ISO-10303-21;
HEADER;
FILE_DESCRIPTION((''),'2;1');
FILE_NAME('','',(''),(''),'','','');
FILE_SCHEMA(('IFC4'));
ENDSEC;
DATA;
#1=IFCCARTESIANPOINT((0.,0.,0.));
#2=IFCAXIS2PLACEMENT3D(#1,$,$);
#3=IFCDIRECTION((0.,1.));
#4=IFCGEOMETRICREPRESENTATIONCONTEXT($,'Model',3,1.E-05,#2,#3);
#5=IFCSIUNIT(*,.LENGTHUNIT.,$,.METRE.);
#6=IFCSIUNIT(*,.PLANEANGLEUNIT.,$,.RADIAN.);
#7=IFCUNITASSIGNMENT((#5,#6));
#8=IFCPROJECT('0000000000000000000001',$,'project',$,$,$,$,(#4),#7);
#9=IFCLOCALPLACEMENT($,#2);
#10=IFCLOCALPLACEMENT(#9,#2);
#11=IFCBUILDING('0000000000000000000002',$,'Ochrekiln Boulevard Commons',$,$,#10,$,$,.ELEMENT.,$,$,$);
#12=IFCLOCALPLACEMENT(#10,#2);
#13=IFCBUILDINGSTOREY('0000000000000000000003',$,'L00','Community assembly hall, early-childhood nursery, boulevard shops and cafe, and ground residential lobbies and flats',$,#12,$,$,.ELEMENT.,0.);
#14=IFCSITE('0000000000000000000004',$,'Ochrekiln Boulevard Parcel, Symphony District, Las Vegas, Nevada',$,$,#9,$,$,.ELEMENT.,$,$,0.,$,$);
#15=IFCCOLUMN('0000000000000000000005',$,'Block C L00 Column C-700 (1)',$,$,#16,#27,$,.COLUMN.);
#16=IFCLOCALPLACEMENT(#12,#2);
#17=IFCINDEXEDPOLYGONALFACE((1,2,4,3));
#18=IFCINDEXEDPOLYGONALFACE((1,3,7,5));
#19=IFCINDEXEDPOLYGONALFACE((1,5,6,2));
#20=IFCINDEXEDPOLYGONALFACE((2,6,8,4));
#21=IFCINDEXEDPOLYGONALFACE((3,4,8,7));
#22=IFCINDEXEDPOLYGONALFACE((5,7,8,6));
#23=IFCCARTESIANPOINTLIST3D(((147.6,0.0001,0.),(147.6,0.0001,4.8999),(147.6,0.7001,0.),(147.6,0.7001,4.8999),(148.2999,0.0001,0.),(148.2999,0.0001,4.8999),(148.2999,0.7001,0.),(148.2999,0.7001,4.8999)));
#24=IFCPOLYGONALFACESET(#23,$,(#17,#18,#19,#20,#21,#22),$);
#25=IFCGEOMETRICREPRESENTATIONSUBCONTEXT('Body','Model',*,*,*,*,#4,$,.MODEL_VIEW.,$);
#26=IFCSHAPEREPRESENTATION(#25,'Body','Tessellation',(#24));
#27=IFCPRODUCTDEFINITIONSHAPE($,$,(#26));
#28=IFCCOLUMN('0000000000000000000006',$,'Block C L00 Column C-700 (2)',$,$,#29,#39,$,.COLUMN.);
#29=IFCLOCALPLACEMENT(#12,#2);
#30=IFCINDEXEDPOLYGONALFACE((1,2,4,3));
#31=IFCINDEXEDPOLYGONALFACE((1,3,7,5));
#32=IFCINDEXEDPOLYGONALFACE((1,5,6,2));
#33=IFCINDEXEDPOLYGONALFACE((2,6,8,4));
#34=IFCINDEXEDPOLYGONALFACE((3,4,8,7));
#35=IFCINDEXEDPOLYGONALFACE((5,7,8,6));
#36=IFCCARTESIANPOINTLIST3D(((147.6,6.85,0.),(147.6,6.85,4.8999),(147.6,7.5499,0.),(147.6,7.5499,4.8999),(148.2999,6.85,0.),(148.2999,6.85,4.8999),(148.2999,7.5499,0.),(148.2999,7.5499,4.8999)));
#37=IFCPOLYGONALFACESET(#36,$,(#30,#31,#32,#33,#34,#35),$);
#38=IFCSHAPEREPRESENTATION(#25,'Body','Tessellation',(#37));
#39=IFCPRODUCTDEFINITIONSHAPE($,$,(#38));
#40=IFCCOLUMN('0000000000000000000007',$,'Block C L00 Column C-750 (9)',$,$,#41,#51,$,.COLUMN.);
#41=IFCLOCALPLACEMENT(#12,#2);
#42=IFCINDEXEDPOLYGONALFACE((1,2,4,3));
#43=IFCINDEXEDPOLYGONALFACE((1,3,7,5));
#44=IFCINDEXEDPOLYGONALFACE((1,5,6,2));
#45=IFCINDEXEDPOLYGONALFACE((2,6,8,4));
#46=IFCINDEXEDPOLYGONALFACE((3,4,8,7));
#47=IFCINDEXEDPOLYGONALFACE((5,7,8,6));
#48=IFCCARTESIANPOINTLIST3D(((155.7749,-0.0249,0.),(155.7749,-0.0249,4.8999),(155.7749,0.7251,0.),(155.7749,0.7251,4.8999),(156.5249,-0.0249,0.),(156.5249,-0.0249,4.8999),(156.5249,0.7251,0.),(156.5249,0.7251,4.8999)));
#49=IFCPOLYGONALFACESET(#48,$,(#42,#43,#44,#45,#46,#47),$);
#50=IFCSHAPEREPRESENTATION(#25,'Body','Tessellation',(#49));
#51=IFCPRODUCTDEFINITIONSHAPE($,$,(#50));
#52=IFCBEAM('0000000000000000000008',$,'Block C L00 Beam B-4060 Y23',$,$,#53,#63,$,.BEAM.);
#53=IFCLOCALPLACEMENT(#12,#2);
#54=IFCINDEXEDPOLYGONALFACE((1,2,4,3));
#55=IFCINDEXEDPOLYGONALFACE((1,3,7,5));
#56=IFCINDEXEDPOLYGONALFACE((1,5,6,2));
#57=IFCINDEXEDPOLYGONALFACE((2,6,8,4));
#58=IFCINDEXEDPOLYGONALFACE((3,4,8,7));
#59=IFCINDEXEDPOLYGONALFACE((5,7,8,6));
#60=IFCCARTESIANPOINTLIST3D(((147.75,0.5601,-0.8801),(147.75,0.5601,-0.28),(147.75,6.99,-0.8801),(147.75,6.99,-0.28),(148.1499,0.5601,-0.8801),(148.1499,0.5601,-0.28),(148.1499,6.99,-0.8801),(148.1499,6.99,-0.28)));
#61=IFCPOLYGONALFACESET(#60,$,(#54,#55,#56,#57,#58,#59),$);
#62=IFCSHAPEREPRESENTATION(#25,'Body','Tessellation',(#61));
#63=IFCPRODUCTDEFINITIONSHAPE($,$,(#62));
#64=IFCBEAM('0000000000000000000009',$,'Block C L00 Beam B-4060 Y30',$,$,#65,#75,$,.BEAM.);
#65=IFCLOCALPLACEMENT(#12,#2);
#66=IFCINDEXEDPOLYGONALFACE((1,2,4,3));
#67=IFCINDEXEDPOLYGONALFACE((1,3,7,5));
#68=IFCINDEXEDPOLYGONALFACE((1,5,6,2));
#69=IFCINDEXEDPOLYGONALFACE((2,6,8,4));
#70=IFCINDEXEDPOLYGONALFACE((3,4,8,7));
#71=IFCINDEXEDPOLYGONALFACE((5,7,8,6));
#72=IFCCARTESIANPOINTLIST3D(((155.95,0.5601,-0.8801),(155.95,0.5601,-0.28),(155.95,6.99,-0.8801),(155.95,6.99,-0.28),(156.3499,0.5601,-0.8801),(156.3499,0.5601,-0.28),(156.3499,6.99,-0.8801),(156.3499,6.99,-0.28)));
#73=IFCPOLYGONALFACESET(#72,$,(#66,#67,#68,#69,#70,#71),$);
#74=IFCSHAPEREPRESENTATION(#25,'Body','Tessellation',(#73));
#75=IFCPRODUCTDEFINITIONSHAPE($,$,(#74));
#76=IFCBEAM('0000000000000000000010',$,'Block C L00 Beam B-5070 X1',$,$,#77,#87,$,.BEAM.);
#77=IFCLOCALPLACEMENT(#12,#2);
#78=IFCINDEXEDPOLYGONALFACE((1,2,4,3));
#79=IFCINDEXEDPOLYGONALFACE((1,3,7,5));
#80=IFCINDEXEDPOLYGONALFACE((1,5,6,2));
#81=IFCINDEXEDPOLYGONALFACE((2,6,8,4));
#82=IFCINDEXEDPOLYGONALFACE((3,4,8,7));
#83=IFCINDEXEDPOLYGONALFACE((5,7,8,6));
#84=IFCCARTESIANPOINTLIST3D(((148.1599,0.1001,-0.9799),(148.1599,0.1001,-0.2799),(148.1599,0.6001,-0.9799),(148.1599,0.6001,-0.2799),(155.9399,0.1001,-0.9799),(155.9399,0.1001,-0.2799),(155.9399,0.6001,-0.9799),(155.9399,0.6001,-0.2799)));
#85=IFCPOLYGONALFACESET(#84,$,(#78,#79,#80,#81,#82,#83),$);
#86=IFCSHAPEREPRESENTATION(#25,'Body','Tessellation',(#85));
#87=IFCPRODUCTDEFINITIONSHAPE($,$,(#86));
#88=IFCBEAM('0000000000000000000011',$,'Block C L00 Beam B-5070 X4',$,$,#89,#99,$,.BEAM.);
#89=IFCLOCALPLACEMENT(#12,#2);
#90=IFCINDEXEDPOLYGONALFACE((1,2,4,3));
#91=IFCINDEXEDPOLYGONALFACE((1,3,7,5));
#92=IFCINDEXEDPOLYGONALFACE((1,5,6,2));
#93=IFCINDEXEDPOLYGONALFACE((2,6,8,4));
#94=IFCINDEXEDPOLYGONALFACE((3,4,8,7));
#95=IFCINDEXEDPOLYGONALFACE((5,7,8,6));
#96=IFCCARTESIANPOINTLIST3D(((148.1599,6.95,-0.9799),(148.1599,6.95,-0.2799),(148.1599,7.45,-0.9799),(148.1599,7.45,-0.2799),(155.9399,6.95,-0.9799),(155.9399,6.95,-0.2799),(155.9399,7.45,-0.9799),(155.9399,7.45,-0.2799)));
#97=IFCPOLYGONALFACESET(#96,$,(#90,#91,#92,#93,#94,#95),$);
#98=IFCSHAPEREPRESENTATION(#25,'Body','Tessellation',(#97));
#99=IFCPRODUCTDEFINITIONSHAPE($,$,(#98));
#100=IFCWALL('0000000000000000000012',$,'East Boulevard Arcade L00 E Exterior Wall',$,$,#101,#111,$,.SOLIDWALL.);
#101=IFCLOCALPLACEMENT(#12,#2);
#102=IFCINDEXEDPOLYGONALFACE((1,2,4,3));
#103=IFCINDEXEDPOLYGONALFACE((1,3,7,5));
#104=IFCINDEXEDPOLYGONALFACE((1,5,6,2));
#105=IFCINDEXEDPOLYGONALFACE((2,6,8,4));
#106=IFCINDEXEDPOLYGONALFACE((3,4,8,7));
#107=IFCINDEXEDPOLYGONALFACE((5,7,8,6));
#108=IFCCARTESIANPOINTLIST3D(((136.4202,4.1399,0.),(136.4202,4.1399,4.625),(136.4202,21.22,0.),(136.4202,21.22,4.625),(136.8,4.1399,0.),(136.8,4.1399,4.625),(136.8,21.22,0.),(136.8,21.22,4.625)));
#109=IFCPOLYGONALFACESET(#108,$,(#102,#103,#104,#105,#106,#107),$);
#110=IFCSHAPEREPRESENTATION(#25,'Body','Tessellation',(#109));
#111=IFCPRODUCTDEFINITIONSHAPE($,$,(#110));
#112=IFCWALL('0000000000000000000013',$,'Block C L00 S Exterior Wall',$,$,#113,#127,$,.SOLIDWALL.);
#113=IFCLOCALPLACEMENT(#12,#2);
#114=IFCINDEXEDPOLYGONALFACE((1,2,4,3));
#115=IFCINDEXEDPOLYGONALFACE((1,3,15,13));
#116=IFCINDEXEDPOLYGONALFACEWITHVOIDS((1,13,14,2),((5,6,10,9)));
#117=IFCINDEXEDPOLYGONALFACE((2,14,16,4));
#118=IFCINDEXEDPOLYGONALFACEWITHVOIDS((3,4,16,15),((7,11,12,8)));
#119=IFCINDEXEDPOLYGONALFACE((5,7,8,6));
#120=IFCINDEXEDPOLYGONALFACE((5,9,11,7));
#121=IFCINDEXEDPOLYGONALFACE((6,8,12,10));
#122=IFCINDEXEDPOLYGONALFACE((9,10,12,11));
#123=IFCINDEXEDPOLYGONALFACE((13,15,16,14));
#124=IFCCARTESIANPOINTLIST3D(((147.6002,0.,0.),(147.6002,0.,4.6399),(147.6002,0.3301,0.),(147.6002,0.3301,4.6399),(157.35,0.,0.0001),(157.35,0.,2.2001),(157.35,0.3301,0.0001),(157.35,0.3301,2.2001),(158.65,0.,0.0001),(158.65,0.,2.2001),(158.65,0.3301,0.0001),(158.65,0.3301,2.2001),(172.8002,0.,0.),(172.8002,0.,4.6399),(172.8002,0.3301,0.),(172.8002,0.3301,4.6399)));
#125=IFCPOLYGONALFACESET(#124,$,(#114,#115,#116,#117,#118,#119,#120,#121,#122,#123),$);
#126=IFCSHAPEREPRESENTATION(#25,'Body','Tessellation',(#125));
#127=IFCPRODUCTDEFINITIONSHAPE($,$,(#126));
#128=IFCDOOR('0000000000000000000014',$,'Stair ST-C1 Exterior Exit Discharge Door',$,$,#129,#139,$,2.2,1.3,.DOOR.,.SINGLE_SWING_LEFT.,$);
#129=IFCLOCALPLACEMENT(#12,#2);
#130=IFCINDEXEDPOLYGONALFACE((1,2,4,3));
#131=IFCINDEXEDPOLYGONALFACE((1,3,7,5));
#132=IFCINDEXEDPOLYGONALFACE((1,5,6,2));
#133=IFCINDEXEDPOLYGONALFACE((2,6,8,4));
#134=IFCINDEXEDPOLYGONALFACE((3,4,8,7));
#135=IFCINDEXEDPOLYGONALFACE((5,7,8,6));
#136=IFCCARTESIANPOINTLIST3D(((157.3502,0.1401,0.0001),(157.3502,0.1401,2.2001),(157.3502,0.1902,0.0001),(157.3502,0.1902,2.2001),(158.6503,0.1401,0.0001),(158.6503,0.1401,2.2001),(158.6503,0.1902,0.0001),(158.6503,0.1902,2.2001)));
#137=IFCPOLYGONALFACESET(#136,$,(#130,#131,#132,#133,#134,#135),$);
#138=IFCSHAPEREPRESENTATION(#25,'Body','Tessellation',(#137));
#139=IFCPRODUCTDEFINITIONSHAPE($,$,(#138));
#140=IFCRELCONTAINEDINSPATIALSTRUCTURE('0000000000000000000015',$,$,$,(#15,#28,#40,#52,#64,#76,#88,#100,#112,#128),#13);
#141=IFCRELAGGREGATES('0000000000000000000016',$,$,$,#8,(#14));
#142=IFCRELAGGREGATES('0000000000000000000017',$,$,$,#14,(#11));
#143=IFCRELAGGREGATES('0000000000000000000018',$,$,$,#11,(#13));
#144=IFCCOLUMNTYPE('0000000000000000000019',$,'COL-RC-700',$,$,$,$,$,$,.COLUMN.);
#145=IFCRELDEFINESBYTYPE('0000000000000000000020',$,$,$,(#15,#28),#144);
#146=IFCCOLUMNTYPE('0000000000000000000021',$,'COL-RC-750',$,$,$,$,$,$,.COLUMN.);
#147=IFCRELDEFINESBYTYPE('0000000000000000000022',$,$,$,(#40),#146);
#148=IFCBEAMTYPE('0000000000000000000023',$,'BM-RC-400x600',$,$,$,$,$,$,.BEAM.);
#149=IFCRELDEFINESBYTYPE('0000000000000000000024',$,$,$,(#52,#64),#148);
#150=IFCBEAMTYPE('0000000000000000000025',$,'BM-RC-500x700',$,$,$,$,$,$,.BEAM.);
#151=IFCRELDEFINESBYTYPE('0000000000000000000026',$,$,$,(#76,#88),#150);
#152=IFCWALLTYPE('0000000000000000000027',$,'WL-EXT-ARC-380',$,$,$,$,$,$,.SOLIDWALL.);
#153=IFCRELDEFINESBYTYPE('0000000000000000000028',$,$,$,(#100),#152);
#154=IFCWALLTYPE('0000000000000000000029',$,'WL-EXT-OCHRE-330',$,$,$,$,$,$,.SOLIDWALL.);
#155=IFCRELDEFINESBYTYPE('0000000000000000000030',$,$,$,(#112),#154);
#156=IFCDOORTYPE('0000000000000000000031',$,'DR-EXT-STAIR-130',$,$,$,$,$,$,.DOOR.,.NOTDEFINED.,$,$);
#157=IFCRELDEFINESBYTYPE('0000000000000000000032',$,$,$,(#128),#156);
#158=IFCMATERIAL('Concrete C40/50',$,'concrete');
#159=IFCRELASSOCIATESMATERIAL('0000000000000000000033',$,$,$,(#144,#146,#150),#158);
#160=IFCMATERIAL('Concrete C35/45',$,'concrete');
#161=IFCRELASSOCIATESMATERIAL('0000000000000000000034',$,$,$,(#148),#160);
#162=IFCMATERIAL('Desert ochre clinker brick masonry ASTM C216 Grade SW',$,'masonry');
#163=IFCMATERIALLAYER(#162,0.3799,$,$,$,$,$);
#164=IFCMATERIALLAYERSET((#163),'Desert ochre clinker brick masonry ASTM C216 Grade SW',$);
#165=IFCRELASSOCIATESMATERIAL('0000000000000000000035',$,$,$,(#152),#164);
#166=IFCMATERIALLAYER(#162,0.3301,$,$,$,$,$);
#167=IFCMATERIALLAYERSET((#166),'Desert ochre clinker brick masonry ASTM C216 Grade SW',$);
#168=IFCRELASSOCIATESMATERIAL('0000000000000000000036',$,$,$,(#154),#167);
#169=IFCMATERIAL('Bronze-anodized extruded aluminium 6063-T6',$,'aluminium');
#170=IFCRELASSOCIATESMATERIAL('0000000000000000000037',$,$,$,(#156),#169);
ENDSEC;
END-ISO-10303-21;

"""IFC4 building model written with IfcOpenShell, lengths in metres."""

from ifc_helpers import new_model, si_unit, direction, frame, frame_2d, origin, origin_2d, place, context, subcontext, project, spatial, rectangle, extrude, material, layer, layer_set, material_profile, profile_set, type_object, element, fill, save


model = new_model("IFC4")

# Units and contexts
model_context = context("Model", 3, precision=1e-05, world=origin(), true_north=direction((0.0, 1.0)))
body_context = subcontext(model_context, "Body", "Model", "MODEL_VIEW")
ifc_project = project(units=[si_unit("LENGTHUNIT", "METRE"), si_unit("PLANEANGLEUNIT", "RADIAN")], contexts=[model_context])

# Site, building, storey
site_placement = place(None, origin())
site = spatial("IfcSite", under=ifc_project, at=site_placement, Name="Ochrekiln Boulevard Parcel, Symphony District, Las Vegas, Nevada", CompositionType="ELEMENT", RefElevation=0.0)
building_placement = place(site_placement, origin())
building = spatial("IfcBuilding", under=site, at=building_placement, Name="Ochrekiln Boulevard Commons", CompositionType="ELEMENT")
storey_placement = place(building_placement, origin())
storey = spatial("IfcBuildingStorey", under=building, at=storey_placement, Name="L00", Description="Community assembly hall, early-childhood nursery, boulevard shops and cafe, and ground residential lobbies and flats", CompositionType="ELEMENT", Elevation=0.0)

# Columns
ifc_material_1 = material(Name="Concrete C40/50", Category="concrete")
ifc_material_profile_1 = material_profile(ifc_material_1, rectangle(XDim=0.7, YDim=0.7, at=origin_2d()), Name="RC-COL-700x700")
ifc_profile_set_1 = profile_set([ifc_material_profile_1], Name="Concrete C40/50")
column_type_1 = type_object("IfcColumnType", Name="COL-RC-700", PredefinedType="COLUMN", material=ifc_profile_set_1)
for number, where, z_axis, x_axis, name in (
    (1, (147.95, 0.3501, 0.0), (0.0, 0.0, 1.0), (1.0, 0.0, 0.0), "Block C L00 Column C-700 (1)"),
    (2, (147.95, 7.2, 0.0), (0.0, 0.0, 1.0), (1.0, 0.0, 0.0), "Block C L00 Column C-700 (2)"),
):
    element("IfcColumn", number, at=place(storey_placement, frame(where, z_axis=z_axis, x_axis=x_axis)), inside=storey, type_object=column_type_1, Name=name, PredefinedType="COLUMN", context=body_context, shape_type="SweptSolid", body=[
        extrude(rectangle(XDim=0.7, YDim=0.7, at=origin_2d()), origin(), (0.0, 0.0, 1.0), 4.8999),
    ])
ifc_material_profile_2 = material_profile(ifc_material_1, rectangle(XDim=0.75, YDim=0.75, at=origin_2d()), Name="RC-COL-750x750")
ifc_profile_set_2 = profile_set([ifc_material_profile_2], Name="Concrete C40/50")
column_type_2 = type_object("IfcColumnType", Name="COL-RC-750", PredefinedType="COLUMN", material=ifc_profile_set_2)
column_placement = place(storey_placement, frame((156.1499, 0.3501, 0.0), z_axis=(0.0, 0.0, 1.0), x_axis=(1.0, 0.0, 0.0)))
element("IfcColumn", 3, at=column_placement, inside=storey, type_object=column_type_2, Name="Block C L00 Column C-750 (9)", PredefinedType="COLUMN", context=body_context, shape_type="SweptSolid", body=[
    extrude(rectangle(XDim=0.75, YDim=0.75, at=origin_2d()), origin(), (0.0, 0.0, 1.0), 4.8999),
])

# Beams
ifc_material_2 = material(Name="Concrete C35/45", Category="concrete")
ifc_material_profile_3 = material_profile(ifc_material_2, rectangle(XDim=0.3999, YDim=0.6001, at=origin_2d()), Name="RC-BM-400x600")
ifc_profile_set_3 = profile_set([ifc_material_profile_3], Name="Concrete C35/45")
beam_type_1 = type_object("IfcBeamType", Name="BM-RC-400x600", PredefinedType="BEAM", material=ifc_profile_set_3)
for number, where, z_axis, x_axis, name in (
    (4, (147.95, 0.5601, -0.5801), (0.0, 1.0, 0.0), (-1.0, 0.0, 0.0), "Block C L00 Beam B-4060 Y23"),
    (5, (156.1499, 0.5601, -0.5801), (0.0, 1.0, 0.0), (-1.0, 0.0, 0.0), "Block C L00 Beam B-4060 Y30"),
):
    element("IfcBeam", number, at=place(storey_placement, frame(where, z_axis=z_axis, x_axis=x_axis)), inside=storey, type_object=beam_type_1, Name=name, PredefinedType="BEAM", context=body_context, shape_type="SweptSolid", body=[
        extrude(rectangle(XDim=0.3999, YDim=0.6001, at=origin_2d()), origin(), (0.0, 0.0, 1.0), 6.4299),
    ])
ifc_material_profile_4 = material_profile(ifc_material_1, rectangle(XDim=0.5, YDim=0.7, at=origin_2d()), Name="RC-BM-500x700")
ifc_profile_set_4 = profile_set([ifc_material_profile_4], Name="Concrete C40/50")
beam_type_2 = type_object("IfcBeamType", Name="BM-RC-500x700", PredefinedType="BEAM", material=ifc_profile_set_4)
for number, where, z_axis, x_axis, name in (
    (6, (148.1599, 0.3501, -0.6299), (1.0, 0.0, 0.0), (0.0, 1.0, 0.0), "Block C L00 Beam B-5070 X1"),
    (7, (148.1599, 7.2, -0.6299), (1.0, 0.0, 0.0), (0.0, 1.0, 0.0), "Block C L00 Beam B-5070 X4"),
):
    element("IfcBeam", number, at=place(storey_placement, frame(where, z_axis=z_axis, x_axis=x_axis)), inside=storey, type_object=beam_type_2, Name=name, PredefinedType="BEAM", context=body_context, shape_type="SweptSolid", body=[
        extrude(rectangle(XDim=0.5, YDim=0.7, at=origin_2d()), origin(), (0.0, 0.0, 1.0), 7.78),
    ])

# Wall
ifc_material_3 = material(Name="Desert ochre clinker brick masonry ASTM C216 Grade SW", Category="masonry")
ifc_layer_1 = layer(ifc_material_3, 0.3799)
ifc_layer_set_1 = layer_set([ifc_layer_1], Name="Desert ochre clinker brick masonry ASTM C216 Grade SW")
wall_type_1 = type_object("IfcWallType", Name="WL-EXT-ARC-380", PredefinedType="SOLIDWALL", material=ifc_layer_set_1)
wall_1_placement = place(storey_placement, frame((136.6101, 4.1399, 0.0), z_axis=(0.0, 0.0, 1.0), x_axis=(0.0, 1.0, 0.0)))
element("IfcWall", 8, at=wall_1_placement, inside=storey, type_object=wall_type_1, Name="East Boulevard Arcade L00 E Exterior Wall", PredefinedType="SOLIDWALL", context=body_context, shape_type="SweptSolid", body=[
    extrude(rectangle(XDim=17.0801, YDim=0.3799, at=frame_2d((8.54, 0.0))), origin(), (0.0, 0.0, 1.0), 4.625),
])

# Wall, opening, door
ifc_layer_2 = layer(ifc_material_3, 0.3301)
ifc_layer_set_2 = layer_set([ifc_layer_2], Name="Desert ochre clinker brick masonry ASTM C216 Grade SW")
wall_type_2 = type_object("IfcWallType", Name="WL-EXT-OCHRE-330", PredefinedType="SOLIDWALL", material=ifc_layer_set_2)
wall_2_placement = place(storey_placement, frame((147.6001, 0.165, 0.0), z_axis=(0.0, 0.0, 1.0), x_axis=(1.0, 0.0, 0.0)))
wall_2 = element("IfcWall", 9, at=wall_2_placement, inside=storey, type_object=wall_type_2, Name="Block C L00 S Exterior Wall", PredefinedType="SOLIDWALL", context=body_context, shape_type="SweptSolid", body=[
    extrude(rectangle(XDim=25.2, YDim=0.3301, at=frame_2d((12.6001, 0.0))), origin(), (0.0, 0.0, 1.0), 4.6399),
])
opening_1_placement = place(wall_2_placement, frame((9.75, 0.0, 0.0)))
opening_1 = element("IfcOpeningElement", 10, at=opening_1_placement, cuts=wall_2, PredefinedType="OPENING", context=body_context, shape_type="SweptSolid", body=[
    extrude(rectangle(XDim=1.3, YDim=2.2, at=frame_2d((0.6499, 1.1001))), frame((0.0, 0.175, 0.0), z_axis=(0.0, -1.0, 0.0), x_axis=(1.0, 0.0, 0.0)), (0.0, 0.0, 1.0), 0.3501),
])
ifc_material_4 = material(Name="Bronze-anodized extruded aluminium 6063-T6", Category="aluminium")
door_type = type_object("IfcDoorType", Name="DR-EXT-STAIR-130", OperationType="NOTDEFINED", PredefinedType="DOOR", material=ifc_material_4)
door_placement = place(opening_1_placement, frame((1.3, 0.0, 0.0), z_axis=(0.0, 0.0, 1.0), x_axis=(-1.0, 0.0, 0.0)))
door = element("IfcDoor", 11, at=door_placement, inside=storey, type_object=door_type, Name="Stair ST-C1 Exterior Exit Discharge Door", OperationType="SINGLE_SWING_LEFT", OverallHeight=2.2, OverallWidth=1.3, PredefinedType="DOOR", context=body_context, shape_type="SweptSolid", body=[
    extrude(rectangle(XDim=1.3, YDim=2.2, at=frame_2d((0.6499, 1.1001))), frame((0.0, 0.0249, 0.0), z_axis=(0.0, -1.0, 0.0), x_axis=(1.0, 0.0, 0.0)), (0.0, 0.0, 1.0), 0.05),
])
fill(opening_1, door)

save(model, "model.ifc")
